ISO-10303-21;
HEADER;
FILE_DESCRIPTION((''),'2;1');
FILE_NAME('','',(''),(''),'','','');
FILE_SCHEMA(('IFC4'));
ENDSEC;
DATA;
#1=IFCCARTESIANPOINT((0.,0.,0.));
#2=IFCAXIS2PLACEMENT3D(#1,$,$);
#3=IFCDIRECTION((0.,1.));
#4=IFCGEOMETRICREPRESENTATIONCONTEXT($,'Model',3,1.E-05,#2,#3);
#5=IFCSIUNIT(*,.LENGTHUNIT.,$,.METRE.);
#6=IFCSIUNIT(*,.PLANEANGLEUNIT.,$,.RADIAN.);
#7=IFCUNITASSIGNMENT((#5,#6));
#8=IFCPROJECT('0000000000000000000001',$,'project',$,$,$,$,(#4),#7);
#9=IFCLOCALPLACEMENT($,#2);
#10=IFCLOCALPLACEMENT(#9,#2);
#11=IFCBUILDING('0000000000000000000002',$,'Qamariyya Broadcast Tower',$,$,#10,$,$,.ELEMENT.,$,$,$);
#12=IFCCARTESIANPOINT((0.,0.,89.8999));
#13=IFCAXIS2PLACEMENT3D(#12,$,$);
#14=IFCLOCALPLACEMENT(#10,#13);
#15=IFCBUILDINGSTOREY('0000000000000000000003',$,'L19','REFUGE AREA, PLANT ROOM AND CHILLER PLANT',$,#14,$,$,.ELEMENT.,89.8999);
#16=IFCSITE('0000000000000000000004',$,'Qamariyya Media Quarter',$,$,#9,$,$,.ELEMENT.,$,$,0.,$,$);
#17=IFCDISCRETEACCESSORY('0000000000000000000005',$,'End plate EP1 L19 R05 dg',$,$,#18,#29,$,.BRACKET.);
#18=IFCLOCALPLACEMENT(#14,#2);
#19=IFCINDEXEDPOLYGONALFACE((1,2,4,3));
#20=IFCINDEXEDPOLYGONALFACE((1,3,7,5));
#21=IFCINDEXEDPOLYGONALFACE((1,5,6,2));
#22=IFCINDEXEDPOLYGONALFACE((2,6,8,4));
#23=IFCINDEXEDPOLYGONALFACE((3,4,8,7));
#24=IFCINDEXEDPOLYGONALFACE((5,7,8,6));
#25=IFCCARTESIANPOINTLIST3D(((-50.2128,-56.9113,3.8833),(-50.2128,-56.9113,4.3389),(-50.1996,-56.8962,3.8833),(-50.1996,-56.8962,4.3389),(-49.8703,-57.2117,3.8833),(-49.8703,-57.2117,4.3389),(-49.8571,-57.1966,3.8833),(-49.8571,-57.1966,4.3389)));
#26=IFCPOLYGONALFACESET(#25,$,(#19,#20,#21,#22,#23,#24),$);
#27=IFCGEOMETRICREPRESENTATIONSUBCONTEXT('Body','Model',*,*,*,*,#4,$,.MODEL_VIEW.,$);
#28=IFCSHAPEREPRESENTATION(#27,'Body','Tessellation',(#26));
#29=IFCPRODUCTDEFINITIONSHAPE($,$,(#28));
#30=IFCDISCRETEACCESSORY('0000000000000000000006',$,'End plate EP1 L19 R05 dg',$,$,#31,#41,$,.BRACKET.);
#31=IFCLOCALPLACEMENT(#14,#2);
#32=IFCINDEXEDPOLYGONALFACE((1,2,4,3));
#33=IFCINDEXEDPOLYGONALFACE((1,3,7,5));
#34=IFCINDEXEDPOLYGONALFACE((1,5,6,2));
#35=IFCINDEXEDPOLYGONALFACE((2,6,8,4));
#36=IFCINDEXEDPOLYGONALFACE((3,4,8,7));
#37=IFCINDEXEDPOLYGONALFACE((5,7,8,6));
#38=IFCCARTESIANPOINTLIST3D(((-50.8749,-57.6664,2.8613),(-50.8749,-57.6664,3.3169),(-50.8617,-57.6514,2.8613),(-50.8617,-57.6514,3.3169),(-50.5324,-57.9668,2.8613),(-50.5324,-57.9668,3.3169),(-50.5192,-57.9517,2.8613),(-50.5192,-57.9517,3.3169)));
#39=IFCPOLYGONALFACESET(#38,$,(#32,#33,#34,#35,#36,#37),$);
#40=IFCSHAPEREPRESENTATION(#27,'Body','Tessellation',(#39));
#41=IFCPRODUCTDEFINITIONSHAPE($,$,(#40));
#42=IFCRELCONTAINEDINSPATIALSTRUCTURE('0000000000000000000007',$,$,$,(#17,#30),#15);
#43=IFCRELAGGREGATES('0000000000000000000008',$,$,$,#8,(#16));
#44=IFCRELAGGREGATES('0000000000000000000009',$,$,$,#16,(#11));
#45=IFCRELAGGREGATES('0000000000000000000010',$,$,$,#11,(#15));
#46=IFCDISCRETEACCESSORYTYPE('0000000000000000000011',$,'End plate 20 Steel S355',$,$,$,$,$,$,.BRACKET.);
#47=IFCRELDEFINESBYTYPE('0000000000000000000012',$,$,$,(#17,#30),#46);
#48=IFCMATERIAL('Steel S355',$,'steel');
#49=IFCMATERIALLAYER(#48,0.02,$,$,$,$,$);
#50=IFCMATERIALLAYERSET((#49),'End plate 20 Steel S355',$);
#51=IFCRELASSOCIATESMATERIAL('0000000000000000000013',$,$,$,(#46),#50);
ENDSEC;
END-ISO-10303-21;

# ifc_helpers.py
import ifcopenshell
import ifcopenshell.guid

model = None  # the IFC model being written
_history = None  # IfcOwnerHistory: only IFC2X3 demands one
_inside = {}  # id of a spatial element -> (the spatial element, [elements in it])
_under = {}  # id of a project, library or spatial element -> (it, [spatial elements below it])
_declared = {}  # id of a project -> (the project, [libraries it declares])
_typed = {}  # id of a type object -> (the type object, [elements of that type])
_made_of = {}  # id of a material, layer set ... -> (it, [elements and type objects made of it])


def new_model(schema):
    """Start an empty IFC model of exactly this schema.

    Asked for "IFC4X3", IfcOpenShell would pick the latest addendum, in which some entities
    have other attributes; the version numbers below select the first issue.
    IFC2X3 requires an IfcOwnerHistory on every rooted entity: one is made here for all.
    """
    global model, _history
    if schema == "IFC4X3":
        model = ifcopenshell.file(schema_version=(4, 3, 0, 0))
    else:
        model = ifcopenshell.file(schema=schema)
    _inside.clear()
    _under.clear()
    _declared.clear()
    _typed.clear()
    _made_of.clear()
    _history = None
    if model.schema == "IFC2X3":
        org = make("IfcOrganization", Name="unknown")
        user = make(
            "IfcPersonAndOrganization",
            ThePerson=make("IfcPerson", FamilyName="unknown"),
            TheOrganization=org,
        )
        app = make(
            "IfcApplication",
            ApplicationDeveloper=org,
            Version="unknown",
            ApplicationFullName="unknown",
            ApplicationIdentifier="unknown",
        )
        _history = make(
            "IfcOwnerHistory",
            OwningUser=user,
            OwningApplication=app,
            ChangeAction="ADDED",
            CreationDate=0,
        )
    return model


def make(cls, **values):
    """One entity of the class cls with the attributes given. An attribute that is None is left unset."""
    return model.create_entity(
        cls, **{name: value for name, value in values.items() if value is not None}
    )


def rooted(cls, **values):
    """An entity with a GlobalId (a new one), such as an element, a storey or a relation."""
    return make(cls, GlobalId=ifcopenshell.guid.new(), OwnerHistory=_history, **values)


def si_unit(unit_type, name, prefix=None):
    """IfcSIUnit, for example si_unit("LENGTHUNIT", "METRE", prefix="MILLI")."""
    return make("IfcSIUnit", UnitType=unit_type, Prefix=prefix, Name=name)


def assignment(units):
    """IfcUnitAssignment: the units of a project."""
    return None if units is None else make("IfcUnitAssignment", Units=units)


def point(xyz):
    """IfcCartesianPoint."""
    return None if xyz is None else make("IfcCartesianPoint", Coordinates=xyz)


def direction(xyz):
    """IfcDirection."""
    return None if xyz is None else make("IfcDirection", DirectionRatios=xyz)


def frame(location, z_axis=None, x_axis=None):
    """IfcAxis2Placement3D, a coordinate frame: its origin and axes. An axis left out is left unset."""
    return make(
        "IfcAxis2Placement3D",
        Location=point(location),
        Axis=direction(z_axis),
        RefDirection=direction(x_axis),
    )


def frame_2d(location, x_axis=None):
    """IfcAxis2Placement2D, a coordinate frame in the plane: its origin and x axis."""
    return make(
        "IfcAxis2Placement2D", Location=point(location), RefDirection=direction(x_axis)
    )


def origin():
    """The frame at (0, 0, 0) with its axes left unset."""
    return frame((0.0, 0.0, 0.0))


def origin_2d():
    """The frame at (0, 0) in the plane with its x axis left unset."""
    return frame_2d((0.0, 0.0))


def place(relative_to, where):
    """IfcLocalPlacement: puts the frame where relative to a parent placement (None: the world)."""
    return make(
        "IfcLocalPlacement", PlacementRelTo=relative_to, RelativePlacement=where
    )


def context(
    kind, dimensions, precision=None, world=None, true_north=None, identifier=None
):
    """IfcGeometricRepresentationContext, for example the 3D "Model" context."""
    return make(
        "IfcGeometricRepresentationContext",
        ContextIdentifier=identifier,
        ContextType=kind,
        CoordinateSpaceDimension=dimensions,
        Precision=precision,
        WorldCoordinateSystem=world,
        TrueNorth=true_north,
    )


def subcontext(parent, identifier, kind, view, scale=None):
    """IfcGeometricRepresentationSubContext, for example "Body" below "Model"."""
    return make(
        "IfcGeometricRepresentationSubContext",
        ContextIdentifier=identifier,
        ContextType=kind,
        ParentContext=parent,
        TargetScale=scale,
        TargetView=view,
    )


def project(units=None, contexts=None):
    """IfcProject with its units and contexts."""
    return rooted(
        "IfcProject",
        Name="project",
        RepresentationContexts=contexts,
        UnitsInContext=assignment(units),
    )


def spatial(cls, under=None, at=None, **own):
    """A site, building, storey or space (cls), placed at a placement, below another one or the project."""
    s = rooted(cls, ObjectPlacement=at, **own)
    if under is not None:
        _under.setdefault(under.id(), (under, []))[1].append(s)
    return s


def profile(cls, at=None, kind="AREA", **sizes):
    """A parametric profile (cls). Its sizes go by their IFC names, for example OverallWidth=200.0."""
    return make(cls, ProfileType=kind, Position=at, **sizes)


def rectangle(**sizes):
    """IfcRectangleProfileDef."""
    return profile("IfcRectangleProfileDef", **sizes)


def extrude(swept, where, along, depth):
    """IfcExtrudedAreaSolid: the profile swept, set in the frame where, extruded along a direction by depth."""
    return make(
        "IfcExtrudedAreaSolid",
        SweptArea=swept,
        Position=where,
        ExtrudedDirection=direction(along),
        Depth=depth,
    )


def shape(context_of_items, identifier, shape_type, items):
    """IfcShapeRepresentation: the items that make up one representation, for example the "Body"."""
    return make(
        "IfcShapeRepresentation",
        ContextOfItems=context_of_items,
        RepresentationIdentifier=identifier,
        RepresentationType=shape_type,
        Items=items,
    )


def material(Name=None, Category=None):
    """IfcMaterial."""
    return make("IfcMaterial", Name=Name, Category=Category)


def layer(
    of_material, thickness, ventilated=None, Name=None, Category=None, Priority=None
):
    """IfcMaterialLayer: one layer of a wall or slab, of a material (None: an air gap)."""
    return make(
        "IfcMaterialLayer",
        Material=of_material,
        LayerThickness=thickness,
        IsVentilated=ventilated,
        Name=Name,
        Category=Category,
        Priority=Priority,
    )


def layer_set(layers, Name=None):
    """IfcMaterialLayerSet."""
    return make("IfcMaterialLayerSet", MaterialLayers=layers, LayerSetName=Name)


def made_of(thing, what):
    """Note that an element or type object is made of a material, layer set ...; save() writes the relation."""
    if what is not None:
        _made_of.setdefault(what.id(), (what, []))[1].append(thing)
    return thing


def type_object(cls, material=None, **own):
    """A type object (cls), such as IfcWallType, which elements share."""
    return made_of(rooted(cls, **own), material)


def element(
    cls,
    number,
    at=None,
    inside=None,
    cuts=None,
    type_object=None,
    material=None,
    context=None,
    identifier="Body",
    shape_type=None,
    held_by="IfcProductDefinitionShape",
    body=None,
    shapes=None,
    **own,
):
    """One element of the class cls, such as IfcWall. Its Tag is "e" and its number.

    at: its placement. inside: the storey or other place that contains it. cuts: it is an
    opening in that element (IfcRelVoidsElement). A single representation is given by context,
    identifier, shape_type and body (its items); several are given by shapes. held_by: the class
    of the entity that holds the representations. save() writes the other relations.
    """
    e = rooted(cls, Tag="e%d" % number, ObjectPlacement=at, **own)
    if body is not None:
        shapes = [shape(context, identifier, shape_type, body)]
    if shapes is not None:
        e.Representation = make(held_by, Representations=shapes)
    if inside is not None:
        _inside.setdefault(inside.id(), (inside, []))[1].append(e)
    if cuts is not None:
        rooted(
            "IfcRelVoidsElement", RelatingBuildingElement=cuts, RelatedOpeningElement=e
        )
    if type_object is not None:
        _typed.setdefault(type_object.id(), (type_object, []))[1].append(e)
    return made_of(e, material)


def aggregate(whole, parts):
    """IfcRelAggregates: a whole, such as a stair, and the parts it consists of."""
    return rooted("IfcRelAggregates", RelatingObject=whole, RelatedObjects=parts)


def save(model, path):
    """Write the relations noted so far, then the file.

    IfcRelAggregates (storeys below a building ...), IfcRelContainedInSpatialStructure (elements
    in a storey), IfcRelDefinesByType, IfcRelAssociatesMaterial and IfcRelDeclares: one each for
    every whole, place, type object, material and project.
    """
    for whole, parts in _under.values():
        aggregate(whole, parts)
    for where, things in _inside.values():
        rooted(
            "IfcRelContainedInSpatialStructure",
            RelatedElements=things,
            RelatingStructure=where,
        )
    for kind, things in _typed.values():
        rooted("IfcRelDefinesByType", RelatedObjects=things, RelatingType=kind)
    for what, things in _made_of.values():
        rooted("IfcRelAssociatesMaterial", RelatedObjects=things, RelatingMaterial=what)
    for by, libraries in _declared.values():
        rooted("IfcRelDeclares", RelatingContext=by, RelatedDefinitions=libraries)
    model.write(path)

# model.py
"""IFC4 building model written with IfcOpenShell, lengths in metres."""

from ifc_helpers import new_model, si_unit, direction, frame, origin, origin_2d, place, context, subcontext, project, spatial, rectangle, extrude, material, layer, layer_set, type_object, element, save


model = new_model("IFC4")

# Units and contexts
model_context = context("Model", 3, precision=1e-05, world=origin(), true_north=direction((0.0, 1.0)))
body_context = subcontext(model_context, "Body", "Model", "MODEL_VIEW")
ifc_project = project(units=[si_unit("LENGTHUNIT", "METRE"), si_unit("PLANEANGLEUNIT", "RADIAN")], contexts=[model_context])

# Site, building, storey
site_placement = place(None, origin())
site = spatial("IfcSite", under=ifc_project, at=site_placement, Name="Qamariyya Media Quarter", CompositionType="ELEMENT", RefElevation=0.0)
building_placement = place(site_placement, origin())
building = spatial("IfcBuilding", under=site, at=building_placement, Name="Qamariyya Broadcast Tower", CompositionType="ELEMENT")
storey_placement = place(building_placement, frame((0.0, 0.0, 89.8999)))
storey = spatial("IfcBuildingStorey", under=building, at=storey_placement, Name="L19", Description="REFUGE AREA, PLANT ROOM AND CHILLER PLANT", CompositionType="ELEMENT", Elevation=89.8999)

# Shared definitions
ifc_material_1 = material(Name="Steel S355", Category="steel")

# Discrete accessories
ifc_layer_1 = layer(ifc_material_1, 0.02)
ifc_layer_set_1 = layer_set([ifc_layer_1], Name="End plate 20 Steel S355")
discrete_accessory_type_1 = type_object("IfcDiscreteAccessoryType", Name="End plate 20 Steel S355", PredefinedType="BRACKET", material=ifc_layer_set_1)
for number, where, z_axis, x_axis, name in (
    (1, (-50.0349, -57.054, 3.8833), (0.0, 0.0, 1.0), (-0.75184, 0.659346, 0.0), "End plate EP1 L19 R05 dg"),
    (2, (-50.697, -57.8091, 2.8613), (0.0, 0.0, 1.0), (-0.75184, 0.659346, 0.0), "End plate EP1 L19 R05 dg"),
):
    element("IfcDiscreteAccessory", number, at=place(storey_placement, frame(where, z_axis=z_axis, x_axis=x_axis)), inside=storey, type_object=discrete_accessory_type_1, Name=name, PredefinedType="BRACKET", context=body_context, shape_type="SweptSolid", body=[
        extrude(rectangle(XDim=0.4556, YDim=0.02, at=origin_2d()), origin(), (0.0, 0.0, 1.0), 0.4556),
    ])

save(model, "model.ifc")
